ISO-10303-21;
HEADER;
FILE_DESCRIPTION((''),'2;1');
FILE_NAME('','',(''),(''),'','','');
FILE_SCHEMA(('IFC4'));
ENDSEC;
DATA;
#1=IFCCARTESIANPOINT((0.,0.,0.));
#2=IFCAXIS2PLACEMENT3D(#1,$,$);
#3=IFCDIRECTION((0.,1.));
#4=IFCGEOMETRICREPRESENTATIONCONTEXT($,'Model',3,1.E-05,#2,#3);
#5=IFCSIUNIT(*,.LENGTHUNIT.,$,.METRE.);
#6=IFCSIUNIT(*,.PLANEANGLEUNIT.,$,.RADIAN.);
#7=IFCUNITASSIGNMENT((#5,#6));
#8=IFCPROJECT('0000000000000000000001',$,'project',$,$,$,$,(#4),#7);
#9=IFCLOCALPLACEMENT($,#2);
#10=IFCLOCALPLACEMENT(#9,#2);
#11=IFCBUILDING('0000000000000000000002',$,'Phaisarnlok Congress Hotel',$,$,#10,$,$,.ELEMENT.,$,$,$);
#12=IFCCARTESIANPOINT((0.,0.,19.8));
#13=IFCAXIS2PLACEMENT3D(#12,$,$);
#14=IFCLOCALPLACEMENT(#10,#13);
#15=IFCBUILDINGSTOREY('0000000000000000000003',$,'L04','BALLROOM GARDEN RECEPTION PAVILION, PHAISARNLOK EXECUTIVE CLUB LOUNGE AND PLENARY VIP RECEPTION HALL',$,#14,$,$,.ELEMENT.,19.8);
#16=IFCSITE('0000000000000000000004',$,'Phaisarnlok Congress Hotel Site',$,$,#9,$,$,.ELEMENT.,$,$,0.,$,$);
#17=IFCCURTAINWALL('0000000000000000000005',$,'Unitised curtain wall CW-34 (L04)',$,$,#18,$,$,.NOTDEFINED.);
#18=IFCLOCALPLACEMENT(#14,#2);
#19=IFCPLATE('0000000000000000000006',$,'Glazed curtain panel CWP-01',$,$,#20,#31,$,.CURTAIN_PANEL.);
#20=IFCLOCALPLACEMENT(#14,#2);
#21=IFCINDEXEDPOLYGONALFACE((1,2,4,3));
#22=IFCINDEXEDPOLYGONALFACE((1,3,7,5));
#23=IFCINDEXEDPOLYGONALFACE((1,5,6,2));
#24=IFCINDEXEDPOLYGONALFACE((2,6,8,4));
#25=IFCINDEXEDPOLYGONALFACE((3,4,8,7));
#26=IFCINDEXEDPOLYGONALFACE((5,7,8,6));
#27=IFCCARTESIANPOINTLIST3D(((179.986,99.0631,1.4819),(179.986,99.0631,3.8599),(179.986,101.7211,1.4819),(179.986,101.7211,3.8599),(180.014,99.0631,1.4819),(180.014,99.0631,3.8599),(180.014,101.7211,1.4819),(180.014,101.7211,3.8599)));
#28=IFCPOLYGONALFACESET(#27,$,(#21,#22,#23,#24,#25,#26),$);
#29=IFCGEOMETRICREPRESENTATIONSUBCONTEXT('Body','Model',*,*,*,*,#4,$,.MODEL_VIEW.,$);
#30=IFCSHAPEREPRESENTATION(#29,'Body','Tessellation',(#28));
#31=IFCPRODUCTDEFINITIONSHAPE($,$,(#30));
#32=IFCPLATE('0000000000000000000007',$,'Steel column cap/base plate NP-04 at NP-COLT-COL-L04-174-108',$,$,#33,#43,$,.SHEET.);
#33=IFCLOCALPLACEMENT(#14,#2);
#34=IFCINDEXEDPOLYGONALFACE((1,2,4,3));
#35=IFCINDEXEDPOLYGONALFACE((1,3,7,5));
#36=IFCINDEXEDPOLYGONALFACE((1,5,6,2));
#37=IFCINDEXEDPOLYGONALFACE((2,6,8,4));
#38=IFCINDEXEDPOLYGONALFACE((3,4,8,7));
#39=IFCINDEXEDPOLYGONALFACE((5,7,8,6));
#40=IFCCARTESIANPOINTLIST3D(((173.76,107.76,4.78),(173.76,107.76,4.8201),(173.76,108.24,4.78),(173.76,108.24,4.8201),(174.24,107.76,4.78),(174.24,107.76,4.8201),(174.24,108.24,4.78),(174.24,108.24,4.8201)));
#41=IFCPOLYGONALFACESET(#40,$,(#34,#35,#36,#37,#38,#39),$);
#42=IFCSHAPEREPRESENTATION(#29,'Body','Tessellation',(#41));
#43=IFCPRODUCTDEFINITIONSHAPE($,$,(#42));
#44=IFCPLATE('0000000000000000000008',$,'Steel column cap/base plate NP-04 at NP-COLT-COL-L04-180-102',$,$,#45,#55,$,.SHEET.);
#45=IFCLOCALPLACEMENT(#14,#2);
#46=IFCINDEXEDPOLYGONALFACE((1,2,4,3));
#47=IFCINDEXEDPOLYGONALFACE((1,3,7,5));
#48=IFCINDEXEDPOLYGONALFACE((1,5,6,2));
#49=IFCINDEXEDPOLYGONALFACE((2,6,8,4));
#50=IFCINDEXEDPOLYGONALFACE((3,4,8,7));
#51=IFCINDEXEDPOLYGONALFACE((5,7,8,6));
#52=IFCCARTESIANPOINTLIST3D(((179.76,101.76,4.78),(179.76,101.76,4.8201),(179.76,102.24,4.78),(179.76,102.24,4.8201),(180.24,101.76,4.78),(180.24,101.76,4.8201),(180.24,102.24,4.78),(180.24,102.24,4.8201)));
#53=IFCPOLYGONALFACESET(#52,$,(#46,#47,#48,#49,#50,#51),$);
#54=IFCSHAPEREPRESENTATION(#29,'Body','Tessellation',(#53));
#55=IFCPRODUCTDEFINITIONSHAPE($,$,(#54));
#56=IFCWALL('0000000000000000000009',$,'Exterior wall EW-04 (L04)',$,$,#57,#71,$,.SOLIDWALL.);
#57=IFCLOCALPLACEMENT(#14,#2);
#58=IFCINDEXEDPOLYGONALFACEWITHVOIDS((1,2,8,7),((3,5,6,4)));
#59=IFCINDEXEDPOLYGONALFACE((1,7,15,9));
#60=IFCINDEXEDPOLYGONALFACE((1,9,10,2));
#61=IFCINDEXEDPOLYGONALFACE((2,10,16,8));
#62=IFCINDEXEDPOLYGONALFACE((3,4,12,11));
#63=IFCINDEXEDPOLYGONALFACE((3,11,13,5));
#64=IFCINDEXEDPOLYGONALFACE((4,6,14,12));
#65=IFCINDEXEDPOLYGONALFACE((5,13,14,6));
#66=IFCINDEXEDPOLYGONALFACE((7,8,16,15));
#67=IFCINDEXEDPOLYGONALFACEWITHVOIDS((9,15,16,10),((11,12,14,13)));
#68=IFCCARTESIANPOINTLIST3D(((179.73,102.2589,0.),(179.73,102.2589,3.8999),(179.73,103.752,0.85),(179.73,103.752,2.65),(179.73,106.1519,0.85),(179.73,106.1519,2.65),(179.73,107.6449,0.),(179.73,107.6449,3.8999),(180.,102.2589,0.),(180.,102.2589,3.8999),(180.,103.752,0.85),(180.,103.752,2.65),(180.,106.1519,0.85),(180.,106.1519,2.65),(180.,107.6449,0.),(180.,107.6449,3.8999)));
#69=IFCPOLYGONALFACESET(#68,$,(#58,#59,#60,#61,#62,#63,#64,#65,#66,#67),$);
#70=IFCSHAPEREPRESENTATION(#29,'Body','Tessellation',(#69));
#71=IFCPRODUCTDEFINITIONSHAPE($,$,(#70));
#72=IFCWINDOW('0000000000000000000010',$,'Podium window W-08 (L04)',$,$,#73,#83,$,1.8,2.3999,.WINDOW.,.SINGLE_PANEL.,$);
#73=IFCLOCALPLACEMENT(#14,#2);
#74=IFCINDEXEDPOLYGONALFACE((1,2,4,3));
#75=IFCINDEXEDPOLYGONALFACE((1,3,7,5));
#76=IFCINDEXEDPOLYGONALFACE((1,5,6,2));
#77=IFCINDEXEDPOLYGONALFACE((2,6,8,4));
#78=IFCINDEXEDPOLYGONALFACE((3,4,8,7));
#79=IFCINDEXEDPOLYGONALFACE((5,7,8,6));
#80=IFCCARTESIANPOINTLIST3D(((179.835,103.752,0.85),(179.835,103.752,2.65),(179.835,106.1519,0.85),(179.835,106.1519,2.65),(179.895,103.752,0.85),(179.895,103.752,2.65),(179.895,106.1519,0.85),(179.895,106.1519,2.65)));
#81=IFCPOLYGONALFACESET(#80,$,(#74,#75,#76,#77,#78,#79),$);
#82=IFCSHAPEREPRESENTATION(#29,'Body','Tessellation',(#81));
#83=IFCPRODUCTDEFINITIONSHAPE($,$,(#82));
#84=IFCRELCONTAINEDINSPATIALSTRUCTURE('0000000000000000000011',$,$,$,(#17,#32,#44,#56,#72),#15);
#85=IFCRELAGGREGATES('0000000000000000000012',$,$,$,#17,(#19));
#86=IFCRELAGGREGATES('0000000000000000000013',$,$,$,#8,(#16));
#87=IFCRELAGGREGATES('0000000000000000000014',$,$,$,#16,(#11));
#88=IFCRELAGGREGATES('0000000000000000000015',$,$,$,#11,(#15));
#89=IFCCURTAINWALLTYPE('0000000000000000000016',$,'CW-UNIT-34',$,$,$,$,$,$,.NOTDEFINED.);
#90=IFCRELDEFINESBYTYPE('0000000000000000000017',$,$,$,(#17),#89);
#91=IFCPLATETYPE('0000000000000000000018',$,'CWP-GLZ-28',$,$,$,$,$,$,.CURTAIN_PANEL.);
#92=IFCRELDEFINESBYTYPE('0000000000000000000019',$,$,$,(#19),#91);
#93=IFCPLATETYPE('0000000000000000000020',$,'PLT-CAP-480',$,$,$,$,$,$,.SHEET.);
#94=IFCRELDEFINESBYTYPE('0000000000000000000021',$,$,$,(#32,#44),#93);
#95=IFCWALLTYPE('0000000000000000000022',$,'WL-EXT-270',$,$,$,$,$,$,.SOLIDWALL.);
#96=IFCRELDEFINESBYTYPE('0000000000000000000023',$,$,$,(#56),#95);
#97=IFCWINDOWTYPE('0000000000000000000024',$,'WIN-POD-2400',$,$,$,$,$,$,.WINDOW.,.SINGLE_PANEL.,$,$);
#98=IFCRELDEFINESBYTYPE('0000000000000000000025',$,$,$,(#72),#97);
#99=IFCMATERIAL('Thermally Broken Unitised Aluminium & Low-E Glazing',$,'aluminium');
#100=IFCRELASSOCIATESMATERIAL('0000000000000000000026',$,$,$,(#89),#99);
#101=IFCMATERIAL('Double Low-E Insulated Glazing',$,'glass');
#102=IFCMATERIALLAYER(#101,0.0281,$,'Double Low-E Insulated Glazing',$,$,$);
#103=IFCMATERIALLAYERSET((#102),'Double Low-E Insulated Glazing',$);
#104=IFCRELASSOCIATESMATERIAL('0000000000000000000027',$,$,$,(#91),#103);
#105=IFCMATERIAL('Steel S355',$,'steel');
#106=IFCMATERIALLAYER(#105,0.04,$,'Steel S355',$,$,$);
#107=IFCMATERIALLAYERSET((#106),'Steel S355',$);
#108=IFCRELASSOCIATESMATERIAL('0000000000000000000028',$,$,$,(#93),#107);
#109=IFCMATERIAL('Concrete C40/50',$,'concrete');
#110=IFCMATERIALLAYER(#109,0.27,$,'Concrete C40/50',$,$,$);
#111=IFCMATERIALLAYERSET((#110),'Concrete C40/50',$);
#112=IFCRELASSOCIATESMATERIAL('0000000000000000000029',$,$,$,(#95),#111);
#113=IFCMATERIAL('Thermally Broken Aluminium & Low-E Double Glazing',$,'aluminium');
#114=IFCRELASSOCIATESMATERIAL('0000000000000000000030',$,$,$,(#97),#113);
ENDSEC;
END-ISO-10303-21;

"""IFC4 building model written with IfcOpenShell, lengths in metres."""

from ifc_helpers import new_model, si_unit, direction, frame, frame_2d, origin, origin_2d, place, context, subcontext, project, spatial, rectangle, extrude, material, layer, layer_set, type_object, element, fill, aggregate, save


model = new_model("IFC4")

# Units and contexts
model_context = context("Model", 3, precision=1e-05, world=origin(), true_north=direction((0.0, 1.0)))
body_context = subcontext(model_context, "Body", "Model", "MODEL_VIEW")
ifc_project = project(units=[si_unit("LENGTHUNIT", "METRE"), si_unit("PLANEANGLEUNIT", "RADIAN")], contexts=[model_context])

# Site, building, storey
site_placement = place(None, origin())
site = spatial("IfcSite", under=ifc_project, at=site_placement, Name="Phaisarnlok Congress Hotel Site", CompositionType="ELEMENT", RefElevation=0.0)
building_placement = place(site_placement, origin())
building = spatial("IfcBuilding", under=site, at=building_placement, Name="Phaisarnlok Congress Hotel", CompositionType="ELEMENT")
storey_placement = place(building_placement, frame((0.0, 0.0, 19.8)))
storey = spatial("IfcBuildingStorey", under=building, at=storey_placement, Name="L04", Description="BALLROOM GARDEN RECEPTION PAVILION, PHAISARNLOK EXECUTIVE CLUB LOUNGE AND PLENARY VIP RECEPTION HALL", CompositionType="ELEMENT", Elevation=19.8)

# Shared definitions
ifc_material_1 = material(Name="Steel S355", Category="steel")

# Shared definitions
ifc_material_2 = material(Name="Concrete C40/50", Category="concrete")

# Curtain wall
ifc_material_3 = material(Name="Thermally Broken Unitised Aluminium & Low-E Glazing", Category="aluminium")
curtain_wall_type = type_object("IfcCurtainWallType", Name="CW-UNIT-34", PredefinedType="NOTDEFINED", material=ifc_material_3)
curtain_wall_placement = place(storey_placement, origin())
curtain_wall = element("IfcCurtainWall", 1, at=curtain_wall_placement, inside=storey, type_object=curtain_wall_type, Name="Unitised curtain wall CW-34 (L04)", PredefinedType="NOTDEFINED")

# Plate
ifc_material_4 = material(Name="Double Low-E Insulated Glazing", Category="glass")
ifc_layer_1 = layer(ifc_material_4, 0.0281, Name="Double Low-E Insulated Glazing")
ifc_layer_set_1 = layer_set([ifc_layer_1], Name="Double Low-E Insulated Glazing")
plate_type_1 = type_object("IfcPlateType", Name="CWP-GLZ-28", PredefinedType="CURTAIN_PANEL", material=ifc_layer_set_1)
plate_1_placement = place(storey_placement, frame((180.0, 99.063, 1.4819), z_axis=(0.0, 0.0, 1.0), x_axis=(0.0, 1.0, 0.0)))
plate_1 = element("IfcPlate", 2, at=plate_1_placement, type_object=plate_type_1, Name="Glazed curtain panel CWP-01", PredefinedType="CURTAIN_PANEL", context=body_context, shape_type="SweptSolid", body=[
    extrude(rectangle(XDim=2.658, YDim=0.0281, at=frame_2d((1.3291, 0.0))), origin(), (0.0, 0.0, 1.0), 2.3779),
])
aggregate(curtain_wall, [plate_1])

# Plates
ifc_layer_2 = layer(ifc_material_1, 0.04, Name="Steel S355")
ifc_layer_set_2 = layer_set([ifc_layer_2], Name="Steel S355")
plate_type_2 = type_object("IfcPlateType", Name="PLT-CAP-480", PredefinedType="SHEET", material=ifc_layer_set_2)
for number, where, z_axis, x_axis, name in (
    (3, (174.0, 108.0, 4.78), (0.0, 0.0, 1.0), (1.0, 0.0, 0.0), "Steel column cap/base plate NP-04 at NP-COLT-COL-L04-174-108"),
    (4, (180.0, 102.0, 4.78), (0.0, 0.0, 1.0), (1.0, 0.0, 0.0), "Steel column cap/base plate NP-04 at NP-COLT-COL-L04-180-102"),
):
    element("IfcPlate", number, at=place(storey_placement, frame(where, z_axis=z_axis, x_axis=x_axis)), inside=storey, type_object=plate_type_2, Name=name, PredefinedType="SHEET", context=body_context, shape_type="SweptSolid", body=[
        extrude(rectangle(XDim=0.48, YDim=0.48, at=origin_2d()), origin(), (0.0, 0.0, 1.0), 0.04),
    ])

# Wall, opening, window
ifc_layer_3 = layer(ifc_material_2, 0.27, Name="Concrete C40/50")
ifc_layer_set_3 = layer_set([ifc_layer_3], Name="Concrete C40/50")
wall_type = type_object("IfcWallType", Name="WL-EXT-270", PredefinedType="SOLIDWALL", material=ifc_layer_set_3)
wall_placement = place(storey_placement, frame((179.865, 102.259, 0.0), z_axis=(0.0, 0.0, 1.0), x_axis=(0.0, 1.0, 0.0)))
wall = element("IfcWall", 5, at=wall_placement, inside=storey, type_object=wall_type, Name="Exterior wall EW-04 (L04)", PredefinedType="SOLIDWALL", context=body_context, shape_type="SweptSolid", body=[
    extrude(rectangle(XDim=5.386, YDim=0.27, at=frame_2d((2.6929, 0.0))), origin(), (0.0, 0.0, 1.0), 3.8999),
])
opening_placement = place(wall_placement, frame((1.4929, 0.0, 0.8501)))
opening = element("IfcOpeningElement", 6, at=opening_placement, cuts=wall, PredefinedType="OPENING", context=body_context, shape_type="SweptSolid", body=[
    extrude(rectangle(XDim=2.3999, YDim=1.8, at=frame_2d((1.2, 0.8999))), frame((0.0, 0.145, 0.0), z_axis=(0.0, -1.0, 0.0), x_axis=(1.0, 0.0, 0.0)), (0.0, 0.0, 1.0), 0.29),
])
ifc_material_5 = material(Name="Thermally Broken Aluminium & Low-E Double Glazing", Category="aluminium")
window_type = type_object("IfcWindowType", Name="WIN-POD-2400", PartitioningType="SINGLE_PANEL", PredefinedType="WINDOW", material=ifc_material_5)
window_placement = place(opening_placement, origin())
window = element("IfcWindow", 7, at=window_placement, inside=storey, type_object=window_type, Name="Podium window W-08 (L04)", OverallHeight=1.8, OverallWidth=2.3999, PartitioningType="SINGLE_PANEL", PredefinedType="WINDOW", context=body_context, shape_type="SweptSolid", body=[
    extrude(rectangle(XDim=2.3999, YDim=1.8, at=frame_2d((1.2, 0.8999))), frame((0.0, 0.03, 0.0), z_axis=(0.0, -1.0, 0.0), x_axis=(1.0, 0.0, 0.0)), (0.0, 0.0, 1.0), 0.0601),
])
fill(opening, window)

save(model, "model.ifc")
